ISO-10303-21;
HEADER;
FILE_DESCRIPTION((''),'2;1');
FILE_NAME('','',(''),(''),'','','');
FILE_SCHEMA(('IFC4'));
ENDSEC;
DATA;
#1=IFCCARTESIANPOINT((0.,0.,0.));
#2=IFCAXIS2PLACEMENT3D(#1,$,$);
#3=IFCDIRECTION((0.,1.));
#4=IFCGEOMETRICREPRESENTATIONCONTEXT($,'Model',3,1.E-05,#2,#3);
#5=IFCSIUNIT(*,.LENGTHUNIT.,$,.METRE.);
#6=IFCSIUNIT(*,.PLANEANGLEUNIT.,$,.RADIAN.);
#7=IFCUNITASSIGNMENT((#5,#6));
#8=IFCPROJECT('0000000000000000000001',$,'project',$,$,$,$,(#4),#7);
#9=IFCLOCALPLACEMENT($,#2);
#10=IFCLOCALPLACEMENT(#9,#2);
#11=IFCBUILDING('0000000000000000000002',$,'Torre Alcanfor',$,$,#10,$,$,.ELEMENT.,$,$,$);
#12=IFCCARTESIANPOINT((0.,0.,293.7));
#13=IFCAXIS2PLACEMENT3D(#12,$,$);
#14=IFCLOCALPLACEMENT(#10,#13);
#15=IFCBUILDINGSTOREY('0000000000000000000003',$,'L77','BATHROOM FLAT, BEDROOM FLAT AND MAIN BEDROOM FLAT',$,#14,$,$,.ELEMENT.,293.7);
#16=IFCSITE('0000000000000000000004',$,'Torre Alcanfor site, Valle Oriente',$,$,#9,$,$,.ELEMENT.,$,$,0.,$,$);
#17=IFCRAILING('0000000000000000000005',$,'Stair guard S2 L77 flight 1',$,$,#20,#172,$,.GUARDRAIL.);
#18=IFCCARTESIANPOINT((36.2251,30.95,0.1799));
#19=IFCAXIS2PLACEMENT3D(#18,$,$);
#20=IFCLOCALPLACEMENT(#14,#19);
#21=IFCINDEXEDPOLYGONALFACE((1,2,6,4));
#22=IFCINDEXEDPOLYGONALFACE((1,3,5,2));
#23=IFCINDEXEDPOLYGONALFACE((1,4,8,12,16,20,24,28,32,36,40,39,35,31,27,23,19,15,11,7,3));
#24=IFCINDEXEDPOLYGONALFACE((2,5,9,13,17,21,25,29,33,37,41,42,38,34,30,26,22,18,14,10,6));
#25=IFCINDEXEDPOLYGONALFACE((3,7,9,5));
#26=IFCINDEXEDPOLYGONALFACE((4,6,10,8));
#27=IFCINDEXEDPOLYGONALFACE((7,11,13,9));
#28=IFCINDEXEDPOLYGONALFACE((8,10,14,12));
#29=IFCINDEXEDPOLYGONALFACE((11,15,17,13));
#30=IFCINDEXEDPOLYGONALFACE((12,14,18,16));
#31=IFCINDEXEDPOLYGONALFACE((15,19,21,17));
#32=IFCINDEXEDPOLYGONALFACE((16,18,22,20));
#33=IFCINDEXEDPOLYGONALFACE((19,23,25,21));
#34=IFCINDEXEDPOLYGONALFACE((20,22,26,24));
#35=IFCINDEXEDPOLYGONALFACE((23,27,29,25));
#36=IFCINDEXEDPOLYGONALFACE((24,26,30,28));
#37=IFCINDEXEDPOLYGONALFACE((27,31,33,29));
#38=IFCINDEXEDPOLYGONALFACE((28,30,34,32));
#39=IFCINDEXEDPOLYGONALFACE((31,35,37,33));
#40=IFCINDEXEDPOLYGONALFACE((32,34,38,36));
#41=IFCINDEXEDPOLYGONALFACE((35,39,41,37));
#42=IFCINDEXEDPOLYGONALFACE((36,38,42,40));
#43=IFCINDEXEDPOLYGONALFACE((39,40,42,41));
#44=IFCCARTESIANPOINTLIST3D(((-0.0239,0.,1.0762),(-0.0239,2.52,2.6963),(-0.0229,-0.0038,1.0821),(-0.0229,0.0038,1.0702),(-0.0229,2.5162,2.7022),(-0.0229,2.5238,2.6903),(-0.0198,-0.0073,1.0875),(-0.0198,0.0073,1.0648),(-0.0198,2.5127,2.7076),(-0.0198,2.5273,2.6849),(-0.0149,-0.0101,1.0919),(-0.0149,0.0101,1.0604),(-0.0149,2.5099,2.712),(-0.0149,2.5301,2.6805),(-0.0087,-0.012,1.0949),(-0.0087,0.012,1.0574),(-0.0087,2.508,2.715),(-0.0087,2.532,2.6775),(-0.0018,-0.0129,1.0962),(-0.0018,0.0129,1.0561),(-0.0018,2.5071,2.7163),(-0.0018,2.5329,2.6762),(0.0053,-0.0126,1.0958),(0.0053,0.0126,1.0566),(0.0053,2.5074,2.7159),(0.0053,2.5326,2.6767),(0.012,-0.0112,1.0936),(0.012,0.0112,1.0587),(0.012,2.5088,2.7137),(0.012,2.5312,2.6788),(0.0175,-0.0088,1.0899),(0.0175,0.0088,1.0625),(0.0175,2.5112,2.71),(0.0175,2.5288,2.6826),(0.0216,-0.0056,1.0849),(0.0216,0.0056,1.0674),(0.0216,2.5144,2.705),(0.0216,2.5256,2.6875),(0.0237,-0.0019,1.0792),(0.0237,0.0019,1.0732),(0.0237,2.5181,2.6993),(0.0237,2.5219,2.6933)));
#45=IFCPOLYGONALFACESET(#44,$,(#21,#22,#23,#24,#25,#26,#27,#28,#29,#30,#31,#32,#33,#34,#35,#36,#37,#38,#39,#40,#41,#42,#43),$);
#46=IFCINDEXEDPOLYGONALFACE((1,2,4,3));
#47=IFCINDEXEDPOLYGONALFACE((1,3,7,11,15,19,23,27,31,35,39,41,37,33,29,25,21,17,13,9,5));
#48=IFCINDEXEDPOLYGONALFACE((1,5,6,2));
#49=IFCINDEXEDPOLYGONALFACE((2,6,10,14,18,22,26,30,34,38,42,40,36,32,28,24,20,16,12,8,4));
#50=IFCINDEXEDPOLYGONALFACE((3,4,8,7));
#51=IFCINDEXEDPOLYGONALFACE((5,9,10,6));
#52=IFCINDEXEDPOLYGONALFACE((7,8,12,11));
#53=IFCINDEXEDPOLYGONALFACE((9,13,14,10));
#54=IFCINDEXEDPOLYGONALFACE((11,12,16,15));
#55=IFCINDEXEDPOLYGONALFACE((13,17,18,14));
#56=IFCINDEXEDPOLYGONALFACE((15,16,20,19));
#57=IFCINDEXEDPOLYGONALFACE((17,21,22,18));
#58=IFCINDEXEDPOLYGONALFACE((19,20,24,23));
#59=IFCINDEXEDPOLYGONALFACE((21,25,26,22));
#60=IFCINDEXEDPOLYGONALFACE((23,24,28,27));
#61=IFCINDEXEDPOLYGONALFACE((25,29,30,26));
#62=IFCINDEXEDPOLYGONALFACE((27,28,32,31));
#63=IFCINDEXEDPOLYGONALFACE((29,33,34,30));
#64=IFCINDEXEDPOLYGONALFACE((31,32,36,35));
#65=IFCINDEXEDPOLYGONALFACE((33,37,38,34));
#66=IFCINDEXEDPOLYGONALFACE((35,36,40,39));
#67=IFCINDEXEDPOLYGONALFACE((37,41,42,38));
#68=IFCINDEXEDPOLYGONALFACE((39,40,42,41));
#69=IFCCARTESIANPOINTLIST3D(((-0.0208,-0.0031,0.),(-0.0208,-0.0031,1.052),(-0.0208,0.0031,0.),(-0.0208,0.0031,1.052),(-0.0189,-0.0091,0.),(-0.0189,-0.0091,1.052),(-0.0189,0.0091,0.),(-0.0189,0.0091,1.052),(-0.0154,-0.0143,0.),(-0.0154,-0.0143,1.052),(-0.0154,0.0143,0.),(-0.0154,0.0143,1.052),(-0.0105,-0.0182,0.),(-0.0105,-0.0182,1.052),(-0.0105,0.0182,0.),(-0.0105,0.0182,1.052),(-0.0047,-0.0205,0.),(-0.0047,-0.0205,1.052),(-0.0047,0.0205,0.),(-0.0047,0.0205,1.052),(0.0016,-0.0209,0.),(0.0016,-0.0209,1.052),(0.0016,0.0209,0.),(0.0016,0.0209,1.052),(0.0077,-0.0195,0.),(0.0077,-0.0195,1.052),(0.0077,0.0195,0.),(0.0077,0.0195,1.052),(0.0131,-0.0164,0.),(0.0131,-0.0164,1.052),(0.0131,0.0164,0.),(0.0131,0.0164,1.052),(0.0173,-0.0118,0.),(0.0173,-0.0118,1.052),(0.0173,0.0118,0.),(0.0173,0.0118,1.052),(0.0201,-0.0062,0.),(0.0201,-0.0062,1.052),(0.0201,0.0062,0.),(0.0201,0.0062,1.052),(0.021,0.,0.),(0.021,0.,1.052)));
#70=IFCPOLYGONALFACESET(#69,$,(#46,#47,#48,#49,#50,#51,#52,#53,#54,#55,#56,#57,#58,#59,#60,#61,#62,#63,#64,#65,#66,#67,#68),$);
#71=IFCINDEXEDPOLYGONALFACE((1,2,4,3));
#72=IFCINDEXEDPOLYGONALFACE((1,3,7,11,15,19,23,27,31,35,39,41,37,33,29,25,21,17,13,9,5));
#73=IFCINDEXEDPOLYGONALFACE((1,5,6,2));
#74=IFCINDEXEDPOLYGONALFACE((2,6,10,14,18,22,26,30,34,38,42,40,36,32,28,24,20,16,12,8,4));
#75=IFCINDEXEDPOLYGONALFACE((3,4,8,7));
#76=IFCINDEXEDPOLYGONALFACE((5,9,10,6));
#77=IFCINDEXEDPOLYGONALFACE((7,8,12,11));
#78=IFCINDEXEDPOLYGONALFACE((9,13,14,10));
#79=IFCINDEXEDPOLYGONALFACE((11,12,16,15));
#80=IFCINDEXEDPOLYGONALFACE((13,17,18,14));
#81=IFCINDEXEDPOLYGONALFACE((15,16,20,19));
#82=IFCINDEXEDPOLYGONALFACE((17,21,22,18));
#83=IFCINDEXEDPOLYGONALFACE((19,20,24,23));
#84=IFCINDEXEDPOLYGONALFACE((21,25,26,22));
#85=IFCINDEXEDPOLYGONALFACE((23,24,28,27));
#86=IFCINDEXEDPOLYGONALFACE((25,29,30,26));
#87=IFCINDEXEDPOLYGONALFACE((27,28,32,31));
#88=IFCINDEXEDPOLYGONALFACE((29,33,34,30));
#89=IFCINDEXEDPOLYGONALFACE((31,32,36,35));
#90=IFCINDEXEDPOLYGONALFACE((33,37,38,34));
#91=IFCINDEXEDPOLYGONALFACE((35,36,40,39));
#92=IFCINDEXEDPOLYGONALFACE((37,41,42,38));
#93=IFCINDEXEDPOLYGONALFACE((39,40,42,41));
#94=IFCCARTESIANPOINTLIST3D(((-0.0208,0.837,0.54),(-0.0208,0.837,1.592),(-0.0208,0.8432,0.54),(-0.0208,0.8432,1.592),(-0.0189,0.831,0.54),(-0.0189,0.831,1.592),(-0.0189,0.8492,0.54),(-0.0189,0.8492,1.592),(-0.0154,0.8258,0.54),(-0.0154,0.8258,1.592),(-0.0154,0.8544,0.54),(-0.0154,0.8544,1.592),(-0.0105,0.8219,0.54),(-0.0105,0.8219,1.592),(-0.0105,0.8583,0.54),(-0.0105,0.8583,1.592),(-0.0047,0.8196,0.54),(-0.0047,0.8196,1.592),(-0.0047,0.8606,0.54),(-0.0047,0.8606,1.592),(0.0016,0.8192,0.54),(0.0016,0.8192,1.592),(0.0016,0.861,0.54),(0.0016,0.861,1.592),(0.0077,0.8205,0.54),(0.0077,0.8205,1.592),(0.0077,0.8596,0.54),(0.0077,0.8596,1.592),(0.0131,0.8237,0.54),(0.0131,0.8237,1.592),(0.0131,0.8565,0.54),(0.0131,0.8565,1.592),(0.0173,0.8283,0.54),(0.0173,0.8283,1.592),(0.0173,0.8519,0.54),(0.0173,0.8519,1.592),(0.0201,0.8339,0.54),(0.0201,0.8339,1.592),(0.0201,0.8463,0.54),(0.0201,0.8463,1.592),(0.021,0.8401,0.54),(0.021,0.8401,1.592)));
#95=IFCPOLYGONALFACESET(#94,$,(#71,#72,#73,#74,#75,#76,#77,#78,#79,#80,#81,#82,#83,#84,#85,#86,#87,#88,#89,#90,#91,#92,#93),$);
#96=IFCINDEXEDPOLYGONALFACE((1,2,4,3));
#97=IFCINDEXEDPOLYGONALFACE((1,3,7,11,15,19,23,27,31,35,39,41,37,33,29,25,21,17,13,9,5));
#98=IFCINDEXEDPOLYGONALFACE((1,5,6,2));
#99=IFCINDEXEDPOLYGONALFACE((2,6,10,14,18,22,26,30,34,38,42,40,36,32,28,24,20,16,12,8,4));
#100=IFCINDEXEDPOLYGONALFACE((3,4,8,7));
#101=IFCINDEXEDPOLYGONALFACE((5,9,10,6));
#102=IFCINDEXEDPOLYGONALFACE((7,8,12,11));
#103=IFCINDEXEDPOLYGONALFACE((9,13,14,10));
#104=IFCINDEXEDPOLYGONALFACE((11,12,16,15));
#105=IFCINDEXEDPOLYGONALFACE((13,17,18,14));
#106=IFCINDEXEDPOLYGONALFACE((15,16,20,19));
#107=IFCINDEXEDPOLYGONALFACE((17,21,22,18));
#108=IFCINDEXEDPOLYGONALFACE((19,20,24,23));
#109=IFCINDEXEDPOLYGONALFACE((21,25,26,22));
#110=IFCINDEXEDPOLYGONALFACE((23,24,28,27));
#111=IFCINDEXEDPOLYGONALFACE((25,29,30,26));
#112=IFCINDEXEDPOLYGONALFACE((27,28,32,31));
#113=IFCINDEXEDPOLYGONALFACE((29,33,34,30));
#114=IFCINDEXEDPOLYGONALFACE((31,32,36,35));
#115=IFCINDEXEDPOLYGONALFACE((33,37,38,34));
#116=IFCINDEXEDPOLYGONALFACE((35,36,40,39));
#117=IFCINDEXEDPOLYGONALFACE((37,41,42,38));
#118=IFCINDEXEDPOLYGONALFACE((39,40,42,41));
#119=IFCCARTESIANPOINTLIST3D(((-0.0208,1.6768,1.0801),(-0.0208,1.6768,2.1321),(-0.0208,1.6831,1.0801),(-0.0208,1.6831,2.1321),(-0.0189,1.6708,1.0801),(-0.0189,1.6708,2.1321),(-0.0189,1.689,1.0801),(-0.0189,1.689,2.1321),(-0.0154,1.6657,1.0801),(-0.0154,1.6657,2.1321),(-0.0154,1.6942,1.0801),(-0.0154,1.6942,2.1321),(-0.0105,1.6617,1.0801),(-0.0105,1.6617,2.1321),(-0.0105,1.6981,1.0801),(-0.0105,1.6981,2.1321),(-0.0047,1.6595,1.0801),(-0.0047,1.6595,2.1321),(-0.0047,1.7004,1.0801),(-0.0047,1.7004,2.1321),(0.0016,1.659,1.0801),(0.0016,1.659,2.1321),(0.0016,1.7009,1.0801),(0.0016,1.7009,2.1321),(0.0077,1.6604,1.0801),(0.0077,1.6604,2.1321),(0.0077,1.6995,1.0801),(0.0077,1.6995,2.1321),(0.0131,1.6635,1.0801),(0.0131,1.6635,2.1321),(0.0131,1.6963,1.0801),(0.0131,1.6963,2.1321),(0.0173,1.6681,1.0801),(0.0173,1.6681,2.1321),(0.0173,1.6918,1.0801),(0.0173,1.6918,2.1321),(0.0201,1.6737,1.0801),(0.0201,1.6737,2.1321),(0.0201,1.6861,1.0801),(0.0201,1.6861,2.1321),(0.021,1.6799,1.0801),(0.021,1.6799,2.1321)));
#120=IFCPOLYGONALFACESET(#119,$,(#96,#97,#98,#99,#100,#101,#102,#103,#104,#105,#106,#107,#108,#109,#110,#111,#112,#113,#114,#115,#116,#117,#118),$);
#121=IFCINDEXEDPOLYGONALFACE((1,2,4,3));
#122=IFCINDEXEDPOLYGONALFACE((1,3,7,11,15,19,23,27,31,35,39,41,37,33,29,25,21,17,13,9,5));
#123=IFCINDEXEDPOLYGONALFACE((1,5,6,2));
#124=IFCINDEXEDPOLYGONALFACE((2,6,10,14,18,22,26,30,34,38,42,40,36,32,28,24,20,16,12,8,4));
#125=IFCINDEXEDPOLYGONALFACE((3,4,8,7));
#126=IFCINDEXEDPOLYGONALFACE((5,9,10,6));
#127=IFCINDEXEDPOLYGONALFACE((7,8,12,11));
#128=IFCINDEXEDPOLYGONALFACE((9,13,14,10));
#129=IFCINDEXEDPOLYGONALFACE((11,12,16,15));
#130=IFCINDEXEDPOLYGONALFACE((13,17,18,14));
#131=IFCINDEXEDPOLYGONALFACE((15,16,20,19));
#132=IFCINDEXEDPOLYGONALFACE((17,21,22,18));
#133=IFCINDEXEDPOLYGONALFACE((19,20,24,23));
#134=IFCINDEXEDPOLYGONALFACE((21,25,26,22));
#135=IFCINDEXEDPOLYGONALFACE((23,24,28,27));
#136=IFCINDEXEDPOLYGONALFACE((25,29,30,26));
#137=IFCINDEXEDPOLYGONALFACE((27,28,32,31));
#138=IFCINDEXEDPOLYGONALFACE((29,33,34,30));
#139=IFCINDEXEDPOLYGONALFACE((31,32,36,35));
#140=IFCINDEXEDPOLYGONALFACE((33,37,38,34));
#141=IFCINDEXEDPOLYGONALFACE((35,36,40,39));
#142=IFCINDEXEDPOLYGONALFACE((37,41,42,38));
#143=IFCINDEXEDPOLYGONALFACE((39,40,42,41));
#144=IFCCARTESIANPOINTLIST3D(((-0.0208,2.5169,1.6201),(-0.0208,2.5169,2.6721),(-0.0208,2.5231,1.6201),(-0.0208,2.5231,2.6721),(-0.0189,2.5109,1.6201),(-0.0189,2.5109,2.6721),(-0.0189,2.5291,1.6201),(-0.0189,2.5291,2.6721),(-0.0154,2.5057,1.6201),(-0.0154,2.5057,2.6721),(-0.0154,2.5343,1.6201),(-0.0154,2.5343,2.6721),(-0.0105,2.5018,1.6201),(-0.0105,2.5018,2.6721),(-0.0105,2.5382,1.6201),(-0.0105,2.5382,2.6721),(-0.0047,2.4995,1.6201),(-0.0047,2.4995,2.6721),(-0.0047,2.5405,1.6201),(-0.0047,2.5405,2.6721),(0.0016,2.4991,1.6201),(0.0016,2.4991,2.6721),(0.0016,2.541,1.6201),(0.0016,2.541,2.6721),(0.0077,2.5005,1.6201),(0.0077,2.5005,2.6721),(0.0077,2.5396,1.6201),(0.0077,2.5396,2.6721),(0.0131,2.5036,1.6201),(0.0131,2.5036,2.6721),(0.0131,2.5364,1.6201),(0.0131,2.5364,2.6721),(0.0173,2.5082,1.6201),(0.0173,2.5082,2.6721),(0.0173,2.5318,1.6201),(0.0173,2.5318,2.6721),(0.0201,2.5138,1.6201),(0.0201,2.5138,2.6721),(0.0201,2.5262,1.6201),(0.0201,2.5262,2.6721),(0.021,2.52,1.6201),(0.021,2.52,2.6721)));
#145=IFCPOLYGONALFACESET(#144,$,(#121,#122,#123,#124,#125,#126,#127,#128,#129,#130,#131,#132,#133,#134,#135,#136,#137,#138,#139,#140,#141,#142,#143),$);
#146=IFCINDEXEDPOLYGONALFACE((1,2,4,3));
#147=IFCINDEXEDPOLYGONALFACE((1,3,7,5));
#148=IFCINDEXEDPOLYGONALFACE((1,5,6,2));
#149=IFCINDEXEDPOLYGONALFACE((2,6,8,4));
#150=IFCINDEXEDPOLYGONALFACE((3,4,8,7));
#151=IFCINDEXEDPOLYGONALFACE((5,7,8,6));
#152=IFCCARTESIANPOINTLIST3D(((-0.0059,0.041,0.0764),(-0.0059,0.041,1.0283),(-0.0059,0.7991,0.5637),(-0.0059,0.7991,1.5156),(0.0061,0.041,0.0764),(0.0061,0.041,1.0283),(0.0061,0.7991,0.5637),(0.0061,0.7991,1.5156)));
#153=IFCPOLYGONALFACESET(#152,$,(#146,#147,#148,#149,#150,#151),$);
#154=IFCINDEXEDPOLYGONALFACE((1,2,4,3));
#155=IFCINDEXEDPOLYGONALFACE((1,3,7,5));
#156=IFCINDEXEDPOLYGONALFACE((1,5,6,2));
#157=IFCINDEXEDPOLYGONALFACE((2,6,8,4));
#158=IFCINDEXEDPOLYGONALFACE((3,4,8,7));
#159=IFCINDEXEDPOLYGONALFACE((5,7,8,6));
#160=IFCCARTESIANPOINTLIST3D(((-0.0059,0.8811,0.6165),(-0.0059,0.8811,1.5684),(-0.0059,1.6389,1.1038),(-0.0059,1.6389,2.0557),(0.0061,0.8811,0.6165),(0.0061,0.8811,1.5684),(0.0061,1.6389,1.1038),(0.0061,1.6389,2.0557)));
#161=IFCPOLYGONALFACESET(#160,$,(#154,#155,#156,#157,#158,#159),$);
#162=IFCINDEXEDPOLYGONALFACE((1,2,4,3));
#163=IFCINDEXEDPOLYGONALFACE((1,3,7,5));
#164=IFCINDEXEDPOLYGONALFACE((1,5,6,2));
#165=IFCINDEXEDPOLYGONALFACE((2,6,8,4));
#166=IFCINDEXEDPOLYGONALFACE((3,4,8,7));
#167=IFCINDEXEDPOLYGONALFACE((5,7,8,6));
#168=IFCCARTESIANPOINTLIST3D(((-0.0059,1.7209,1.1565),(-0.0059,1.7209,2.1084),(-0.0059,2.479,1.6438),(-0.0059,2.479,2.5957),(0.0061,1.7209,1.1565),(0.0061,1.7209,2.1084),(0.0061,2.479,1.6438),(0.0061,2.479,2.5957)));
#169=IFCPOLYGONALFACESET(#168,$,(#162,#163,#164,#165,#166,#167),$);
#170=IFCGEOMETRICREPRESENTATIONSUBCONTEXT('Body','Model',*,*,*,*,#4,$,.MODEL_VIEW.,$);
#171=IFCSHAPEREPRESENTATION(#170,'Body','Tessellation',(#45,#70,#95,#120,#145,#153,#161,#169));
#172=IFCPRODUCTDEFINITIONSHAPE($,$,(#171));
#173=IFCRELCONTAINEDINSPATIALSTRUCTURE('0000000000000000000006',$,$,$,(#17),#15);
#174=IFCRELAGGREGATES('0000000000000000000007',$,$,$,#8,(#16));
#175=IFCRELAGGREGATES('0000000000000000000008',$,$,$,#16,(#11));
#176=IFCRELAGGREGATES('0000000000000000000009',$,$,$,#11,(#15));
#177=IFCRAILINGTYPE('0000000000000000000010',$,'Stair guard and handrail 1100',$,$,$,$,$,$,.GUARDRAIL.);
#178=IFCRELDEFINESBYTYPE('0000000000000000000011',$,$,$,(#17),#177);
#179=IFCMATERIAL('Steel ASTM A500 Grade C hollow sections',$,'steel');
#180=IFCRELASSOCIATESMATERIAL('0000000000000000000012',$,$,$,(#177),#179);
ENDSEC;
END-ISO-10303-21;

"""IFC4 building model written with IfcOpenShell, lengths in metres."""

from ifc_helpers import new_model, si_unit, direction, frame, origin, origin_2d, place, context, subcontext, project, spatial, polyline, circle, outline, extrude, material, type_object, element, save


model = new_model("IFC4")

# Units and contexts
model_context = context("Model", 3, precision=1e-05, world=origin(), true_north=direction((0.0, 1.0)))
body_context = subcontext(model_context, "Body", "Model", "MODEL_VIEW")
ifc_project = project(units=[si_unit("LENGTHUNIT", "METRE"), si_unit("PLANEANGLEUNIT", "RADIAN")], contexts=[model_context])

# Site, building, storey
site_placement = place(None, origin())
site = spatial("IfcSite", under=ifc_project, at=site_placement, Name="Torre Alcanfor site, Valle Oriente", CompositionType="ELEMENT", RefElevation=0.0)
building_placement = place(site_placement, origin())
building = spatial("IfcBuilding", under=site, at=building_placement, Name="Torre Alcanfor", CompositionType="ELEMENT")
storey_placement = place(building_placement, frame((0.0, 0.0, 293.7)))
storey = spatial("IfcBuildingStorey", under=building, at=storey_placement, Name="L77", Description="BATHROOM FLAT, BEDROOM FLAT AND MAIN BEDROOM FLAT", CompositionType="ELEMENT", Elevation=293.7)

# Railing
ifc_material_1 = material(Name="Steel ASTM A500 Grade C hollow sections", Category="steel")
railing_type_1 = type_object("IfcRailingType", Name="Stair guard and handrail 1100", PredefinedType="GUARDRAIL", material=ifc_material_1)
railing_1_placement = place(storey_placement, frame((36.2251, 30.95, 0.1799)))
element("IfcRailing", 1, at=railing_1_placement, inside=storey, type_object=railing_type_1, Name="Stair guard S2 L77 flight 1", PredefinedType="GUARDRAIL", context=body_context, shape_type="SweptSolid", body=[
    extrude(circle(Radius=0.0239, at=origin_2d()), frame((0.0, 0.0, 1.0762), z_axis=(0.0, 0.841163, 0.540782), x_axis=(-1.0, 0.0, 0.0)), (0.0, 0.0, 1.0), 2.9958),
    extrude(circle(Radius=0.021, at=origin_2d()), origin(), (0.0, 0.0, 1.0), 1.052),
    extrude(circle(Radius=0.021, at=origin_2d()), frame((0.0, 0.8401, 0.54)), (0.0, 0.0, 1.0), 1.052),
    extrude(circle(Radius=0.021, at=origin_2d()), frame((0.0, 1.6799, 1.0801)), (0.0, 0.0, 1.0), 1.052),
    extrude(circle(Radius=0.021, at=origin_2d()), frame((0.0, 2.52, 1.6201)), (0.0, 0.0, 1.0), 1.052),
    extrude(outline(polyline([(0.041, 0.0764), (0.7991, 0.5637), (0.7991, 1.5156), (0.041, 1.0283), (0.041, 0.0764)])), frame((-0.0059, 0.0, 0.0), z_axis=(1.0, 0.0, 0.0), x_axis=(0.0, 1.0, 0.0)), (0.0, 0.0, 1.0), 0.012),
    extrude(outline(polyline([(0.8811, 0.6165), (1.6389, 1.1038), (1.6389, 2.0557), (0.8811, 1.5684), (0.8811, 0.6165)])), frame((-0.0059, 0.0, 0.0), z_axis=(1.0, 0.0, 0.0), x_axis=(0.0, 1.0, 0.0)), (0.0, 0.0, 1.0), 0.012),
    extrude(outline(polyline([(1.7209, 1.1565), (2.479, 1.6438), (2.479, 2.5957), (1.7209, 2.1084), (1.7209, 1.1565)])), frame((-0.0059, 0.0, 0.0), z_axis=(1.0, 0.0, 0.0), x_axis=(0.0, 1.0, 0.0)), (0.0, 0.0, 1.0), 0.012),
])

save(model, "model.ifc")
